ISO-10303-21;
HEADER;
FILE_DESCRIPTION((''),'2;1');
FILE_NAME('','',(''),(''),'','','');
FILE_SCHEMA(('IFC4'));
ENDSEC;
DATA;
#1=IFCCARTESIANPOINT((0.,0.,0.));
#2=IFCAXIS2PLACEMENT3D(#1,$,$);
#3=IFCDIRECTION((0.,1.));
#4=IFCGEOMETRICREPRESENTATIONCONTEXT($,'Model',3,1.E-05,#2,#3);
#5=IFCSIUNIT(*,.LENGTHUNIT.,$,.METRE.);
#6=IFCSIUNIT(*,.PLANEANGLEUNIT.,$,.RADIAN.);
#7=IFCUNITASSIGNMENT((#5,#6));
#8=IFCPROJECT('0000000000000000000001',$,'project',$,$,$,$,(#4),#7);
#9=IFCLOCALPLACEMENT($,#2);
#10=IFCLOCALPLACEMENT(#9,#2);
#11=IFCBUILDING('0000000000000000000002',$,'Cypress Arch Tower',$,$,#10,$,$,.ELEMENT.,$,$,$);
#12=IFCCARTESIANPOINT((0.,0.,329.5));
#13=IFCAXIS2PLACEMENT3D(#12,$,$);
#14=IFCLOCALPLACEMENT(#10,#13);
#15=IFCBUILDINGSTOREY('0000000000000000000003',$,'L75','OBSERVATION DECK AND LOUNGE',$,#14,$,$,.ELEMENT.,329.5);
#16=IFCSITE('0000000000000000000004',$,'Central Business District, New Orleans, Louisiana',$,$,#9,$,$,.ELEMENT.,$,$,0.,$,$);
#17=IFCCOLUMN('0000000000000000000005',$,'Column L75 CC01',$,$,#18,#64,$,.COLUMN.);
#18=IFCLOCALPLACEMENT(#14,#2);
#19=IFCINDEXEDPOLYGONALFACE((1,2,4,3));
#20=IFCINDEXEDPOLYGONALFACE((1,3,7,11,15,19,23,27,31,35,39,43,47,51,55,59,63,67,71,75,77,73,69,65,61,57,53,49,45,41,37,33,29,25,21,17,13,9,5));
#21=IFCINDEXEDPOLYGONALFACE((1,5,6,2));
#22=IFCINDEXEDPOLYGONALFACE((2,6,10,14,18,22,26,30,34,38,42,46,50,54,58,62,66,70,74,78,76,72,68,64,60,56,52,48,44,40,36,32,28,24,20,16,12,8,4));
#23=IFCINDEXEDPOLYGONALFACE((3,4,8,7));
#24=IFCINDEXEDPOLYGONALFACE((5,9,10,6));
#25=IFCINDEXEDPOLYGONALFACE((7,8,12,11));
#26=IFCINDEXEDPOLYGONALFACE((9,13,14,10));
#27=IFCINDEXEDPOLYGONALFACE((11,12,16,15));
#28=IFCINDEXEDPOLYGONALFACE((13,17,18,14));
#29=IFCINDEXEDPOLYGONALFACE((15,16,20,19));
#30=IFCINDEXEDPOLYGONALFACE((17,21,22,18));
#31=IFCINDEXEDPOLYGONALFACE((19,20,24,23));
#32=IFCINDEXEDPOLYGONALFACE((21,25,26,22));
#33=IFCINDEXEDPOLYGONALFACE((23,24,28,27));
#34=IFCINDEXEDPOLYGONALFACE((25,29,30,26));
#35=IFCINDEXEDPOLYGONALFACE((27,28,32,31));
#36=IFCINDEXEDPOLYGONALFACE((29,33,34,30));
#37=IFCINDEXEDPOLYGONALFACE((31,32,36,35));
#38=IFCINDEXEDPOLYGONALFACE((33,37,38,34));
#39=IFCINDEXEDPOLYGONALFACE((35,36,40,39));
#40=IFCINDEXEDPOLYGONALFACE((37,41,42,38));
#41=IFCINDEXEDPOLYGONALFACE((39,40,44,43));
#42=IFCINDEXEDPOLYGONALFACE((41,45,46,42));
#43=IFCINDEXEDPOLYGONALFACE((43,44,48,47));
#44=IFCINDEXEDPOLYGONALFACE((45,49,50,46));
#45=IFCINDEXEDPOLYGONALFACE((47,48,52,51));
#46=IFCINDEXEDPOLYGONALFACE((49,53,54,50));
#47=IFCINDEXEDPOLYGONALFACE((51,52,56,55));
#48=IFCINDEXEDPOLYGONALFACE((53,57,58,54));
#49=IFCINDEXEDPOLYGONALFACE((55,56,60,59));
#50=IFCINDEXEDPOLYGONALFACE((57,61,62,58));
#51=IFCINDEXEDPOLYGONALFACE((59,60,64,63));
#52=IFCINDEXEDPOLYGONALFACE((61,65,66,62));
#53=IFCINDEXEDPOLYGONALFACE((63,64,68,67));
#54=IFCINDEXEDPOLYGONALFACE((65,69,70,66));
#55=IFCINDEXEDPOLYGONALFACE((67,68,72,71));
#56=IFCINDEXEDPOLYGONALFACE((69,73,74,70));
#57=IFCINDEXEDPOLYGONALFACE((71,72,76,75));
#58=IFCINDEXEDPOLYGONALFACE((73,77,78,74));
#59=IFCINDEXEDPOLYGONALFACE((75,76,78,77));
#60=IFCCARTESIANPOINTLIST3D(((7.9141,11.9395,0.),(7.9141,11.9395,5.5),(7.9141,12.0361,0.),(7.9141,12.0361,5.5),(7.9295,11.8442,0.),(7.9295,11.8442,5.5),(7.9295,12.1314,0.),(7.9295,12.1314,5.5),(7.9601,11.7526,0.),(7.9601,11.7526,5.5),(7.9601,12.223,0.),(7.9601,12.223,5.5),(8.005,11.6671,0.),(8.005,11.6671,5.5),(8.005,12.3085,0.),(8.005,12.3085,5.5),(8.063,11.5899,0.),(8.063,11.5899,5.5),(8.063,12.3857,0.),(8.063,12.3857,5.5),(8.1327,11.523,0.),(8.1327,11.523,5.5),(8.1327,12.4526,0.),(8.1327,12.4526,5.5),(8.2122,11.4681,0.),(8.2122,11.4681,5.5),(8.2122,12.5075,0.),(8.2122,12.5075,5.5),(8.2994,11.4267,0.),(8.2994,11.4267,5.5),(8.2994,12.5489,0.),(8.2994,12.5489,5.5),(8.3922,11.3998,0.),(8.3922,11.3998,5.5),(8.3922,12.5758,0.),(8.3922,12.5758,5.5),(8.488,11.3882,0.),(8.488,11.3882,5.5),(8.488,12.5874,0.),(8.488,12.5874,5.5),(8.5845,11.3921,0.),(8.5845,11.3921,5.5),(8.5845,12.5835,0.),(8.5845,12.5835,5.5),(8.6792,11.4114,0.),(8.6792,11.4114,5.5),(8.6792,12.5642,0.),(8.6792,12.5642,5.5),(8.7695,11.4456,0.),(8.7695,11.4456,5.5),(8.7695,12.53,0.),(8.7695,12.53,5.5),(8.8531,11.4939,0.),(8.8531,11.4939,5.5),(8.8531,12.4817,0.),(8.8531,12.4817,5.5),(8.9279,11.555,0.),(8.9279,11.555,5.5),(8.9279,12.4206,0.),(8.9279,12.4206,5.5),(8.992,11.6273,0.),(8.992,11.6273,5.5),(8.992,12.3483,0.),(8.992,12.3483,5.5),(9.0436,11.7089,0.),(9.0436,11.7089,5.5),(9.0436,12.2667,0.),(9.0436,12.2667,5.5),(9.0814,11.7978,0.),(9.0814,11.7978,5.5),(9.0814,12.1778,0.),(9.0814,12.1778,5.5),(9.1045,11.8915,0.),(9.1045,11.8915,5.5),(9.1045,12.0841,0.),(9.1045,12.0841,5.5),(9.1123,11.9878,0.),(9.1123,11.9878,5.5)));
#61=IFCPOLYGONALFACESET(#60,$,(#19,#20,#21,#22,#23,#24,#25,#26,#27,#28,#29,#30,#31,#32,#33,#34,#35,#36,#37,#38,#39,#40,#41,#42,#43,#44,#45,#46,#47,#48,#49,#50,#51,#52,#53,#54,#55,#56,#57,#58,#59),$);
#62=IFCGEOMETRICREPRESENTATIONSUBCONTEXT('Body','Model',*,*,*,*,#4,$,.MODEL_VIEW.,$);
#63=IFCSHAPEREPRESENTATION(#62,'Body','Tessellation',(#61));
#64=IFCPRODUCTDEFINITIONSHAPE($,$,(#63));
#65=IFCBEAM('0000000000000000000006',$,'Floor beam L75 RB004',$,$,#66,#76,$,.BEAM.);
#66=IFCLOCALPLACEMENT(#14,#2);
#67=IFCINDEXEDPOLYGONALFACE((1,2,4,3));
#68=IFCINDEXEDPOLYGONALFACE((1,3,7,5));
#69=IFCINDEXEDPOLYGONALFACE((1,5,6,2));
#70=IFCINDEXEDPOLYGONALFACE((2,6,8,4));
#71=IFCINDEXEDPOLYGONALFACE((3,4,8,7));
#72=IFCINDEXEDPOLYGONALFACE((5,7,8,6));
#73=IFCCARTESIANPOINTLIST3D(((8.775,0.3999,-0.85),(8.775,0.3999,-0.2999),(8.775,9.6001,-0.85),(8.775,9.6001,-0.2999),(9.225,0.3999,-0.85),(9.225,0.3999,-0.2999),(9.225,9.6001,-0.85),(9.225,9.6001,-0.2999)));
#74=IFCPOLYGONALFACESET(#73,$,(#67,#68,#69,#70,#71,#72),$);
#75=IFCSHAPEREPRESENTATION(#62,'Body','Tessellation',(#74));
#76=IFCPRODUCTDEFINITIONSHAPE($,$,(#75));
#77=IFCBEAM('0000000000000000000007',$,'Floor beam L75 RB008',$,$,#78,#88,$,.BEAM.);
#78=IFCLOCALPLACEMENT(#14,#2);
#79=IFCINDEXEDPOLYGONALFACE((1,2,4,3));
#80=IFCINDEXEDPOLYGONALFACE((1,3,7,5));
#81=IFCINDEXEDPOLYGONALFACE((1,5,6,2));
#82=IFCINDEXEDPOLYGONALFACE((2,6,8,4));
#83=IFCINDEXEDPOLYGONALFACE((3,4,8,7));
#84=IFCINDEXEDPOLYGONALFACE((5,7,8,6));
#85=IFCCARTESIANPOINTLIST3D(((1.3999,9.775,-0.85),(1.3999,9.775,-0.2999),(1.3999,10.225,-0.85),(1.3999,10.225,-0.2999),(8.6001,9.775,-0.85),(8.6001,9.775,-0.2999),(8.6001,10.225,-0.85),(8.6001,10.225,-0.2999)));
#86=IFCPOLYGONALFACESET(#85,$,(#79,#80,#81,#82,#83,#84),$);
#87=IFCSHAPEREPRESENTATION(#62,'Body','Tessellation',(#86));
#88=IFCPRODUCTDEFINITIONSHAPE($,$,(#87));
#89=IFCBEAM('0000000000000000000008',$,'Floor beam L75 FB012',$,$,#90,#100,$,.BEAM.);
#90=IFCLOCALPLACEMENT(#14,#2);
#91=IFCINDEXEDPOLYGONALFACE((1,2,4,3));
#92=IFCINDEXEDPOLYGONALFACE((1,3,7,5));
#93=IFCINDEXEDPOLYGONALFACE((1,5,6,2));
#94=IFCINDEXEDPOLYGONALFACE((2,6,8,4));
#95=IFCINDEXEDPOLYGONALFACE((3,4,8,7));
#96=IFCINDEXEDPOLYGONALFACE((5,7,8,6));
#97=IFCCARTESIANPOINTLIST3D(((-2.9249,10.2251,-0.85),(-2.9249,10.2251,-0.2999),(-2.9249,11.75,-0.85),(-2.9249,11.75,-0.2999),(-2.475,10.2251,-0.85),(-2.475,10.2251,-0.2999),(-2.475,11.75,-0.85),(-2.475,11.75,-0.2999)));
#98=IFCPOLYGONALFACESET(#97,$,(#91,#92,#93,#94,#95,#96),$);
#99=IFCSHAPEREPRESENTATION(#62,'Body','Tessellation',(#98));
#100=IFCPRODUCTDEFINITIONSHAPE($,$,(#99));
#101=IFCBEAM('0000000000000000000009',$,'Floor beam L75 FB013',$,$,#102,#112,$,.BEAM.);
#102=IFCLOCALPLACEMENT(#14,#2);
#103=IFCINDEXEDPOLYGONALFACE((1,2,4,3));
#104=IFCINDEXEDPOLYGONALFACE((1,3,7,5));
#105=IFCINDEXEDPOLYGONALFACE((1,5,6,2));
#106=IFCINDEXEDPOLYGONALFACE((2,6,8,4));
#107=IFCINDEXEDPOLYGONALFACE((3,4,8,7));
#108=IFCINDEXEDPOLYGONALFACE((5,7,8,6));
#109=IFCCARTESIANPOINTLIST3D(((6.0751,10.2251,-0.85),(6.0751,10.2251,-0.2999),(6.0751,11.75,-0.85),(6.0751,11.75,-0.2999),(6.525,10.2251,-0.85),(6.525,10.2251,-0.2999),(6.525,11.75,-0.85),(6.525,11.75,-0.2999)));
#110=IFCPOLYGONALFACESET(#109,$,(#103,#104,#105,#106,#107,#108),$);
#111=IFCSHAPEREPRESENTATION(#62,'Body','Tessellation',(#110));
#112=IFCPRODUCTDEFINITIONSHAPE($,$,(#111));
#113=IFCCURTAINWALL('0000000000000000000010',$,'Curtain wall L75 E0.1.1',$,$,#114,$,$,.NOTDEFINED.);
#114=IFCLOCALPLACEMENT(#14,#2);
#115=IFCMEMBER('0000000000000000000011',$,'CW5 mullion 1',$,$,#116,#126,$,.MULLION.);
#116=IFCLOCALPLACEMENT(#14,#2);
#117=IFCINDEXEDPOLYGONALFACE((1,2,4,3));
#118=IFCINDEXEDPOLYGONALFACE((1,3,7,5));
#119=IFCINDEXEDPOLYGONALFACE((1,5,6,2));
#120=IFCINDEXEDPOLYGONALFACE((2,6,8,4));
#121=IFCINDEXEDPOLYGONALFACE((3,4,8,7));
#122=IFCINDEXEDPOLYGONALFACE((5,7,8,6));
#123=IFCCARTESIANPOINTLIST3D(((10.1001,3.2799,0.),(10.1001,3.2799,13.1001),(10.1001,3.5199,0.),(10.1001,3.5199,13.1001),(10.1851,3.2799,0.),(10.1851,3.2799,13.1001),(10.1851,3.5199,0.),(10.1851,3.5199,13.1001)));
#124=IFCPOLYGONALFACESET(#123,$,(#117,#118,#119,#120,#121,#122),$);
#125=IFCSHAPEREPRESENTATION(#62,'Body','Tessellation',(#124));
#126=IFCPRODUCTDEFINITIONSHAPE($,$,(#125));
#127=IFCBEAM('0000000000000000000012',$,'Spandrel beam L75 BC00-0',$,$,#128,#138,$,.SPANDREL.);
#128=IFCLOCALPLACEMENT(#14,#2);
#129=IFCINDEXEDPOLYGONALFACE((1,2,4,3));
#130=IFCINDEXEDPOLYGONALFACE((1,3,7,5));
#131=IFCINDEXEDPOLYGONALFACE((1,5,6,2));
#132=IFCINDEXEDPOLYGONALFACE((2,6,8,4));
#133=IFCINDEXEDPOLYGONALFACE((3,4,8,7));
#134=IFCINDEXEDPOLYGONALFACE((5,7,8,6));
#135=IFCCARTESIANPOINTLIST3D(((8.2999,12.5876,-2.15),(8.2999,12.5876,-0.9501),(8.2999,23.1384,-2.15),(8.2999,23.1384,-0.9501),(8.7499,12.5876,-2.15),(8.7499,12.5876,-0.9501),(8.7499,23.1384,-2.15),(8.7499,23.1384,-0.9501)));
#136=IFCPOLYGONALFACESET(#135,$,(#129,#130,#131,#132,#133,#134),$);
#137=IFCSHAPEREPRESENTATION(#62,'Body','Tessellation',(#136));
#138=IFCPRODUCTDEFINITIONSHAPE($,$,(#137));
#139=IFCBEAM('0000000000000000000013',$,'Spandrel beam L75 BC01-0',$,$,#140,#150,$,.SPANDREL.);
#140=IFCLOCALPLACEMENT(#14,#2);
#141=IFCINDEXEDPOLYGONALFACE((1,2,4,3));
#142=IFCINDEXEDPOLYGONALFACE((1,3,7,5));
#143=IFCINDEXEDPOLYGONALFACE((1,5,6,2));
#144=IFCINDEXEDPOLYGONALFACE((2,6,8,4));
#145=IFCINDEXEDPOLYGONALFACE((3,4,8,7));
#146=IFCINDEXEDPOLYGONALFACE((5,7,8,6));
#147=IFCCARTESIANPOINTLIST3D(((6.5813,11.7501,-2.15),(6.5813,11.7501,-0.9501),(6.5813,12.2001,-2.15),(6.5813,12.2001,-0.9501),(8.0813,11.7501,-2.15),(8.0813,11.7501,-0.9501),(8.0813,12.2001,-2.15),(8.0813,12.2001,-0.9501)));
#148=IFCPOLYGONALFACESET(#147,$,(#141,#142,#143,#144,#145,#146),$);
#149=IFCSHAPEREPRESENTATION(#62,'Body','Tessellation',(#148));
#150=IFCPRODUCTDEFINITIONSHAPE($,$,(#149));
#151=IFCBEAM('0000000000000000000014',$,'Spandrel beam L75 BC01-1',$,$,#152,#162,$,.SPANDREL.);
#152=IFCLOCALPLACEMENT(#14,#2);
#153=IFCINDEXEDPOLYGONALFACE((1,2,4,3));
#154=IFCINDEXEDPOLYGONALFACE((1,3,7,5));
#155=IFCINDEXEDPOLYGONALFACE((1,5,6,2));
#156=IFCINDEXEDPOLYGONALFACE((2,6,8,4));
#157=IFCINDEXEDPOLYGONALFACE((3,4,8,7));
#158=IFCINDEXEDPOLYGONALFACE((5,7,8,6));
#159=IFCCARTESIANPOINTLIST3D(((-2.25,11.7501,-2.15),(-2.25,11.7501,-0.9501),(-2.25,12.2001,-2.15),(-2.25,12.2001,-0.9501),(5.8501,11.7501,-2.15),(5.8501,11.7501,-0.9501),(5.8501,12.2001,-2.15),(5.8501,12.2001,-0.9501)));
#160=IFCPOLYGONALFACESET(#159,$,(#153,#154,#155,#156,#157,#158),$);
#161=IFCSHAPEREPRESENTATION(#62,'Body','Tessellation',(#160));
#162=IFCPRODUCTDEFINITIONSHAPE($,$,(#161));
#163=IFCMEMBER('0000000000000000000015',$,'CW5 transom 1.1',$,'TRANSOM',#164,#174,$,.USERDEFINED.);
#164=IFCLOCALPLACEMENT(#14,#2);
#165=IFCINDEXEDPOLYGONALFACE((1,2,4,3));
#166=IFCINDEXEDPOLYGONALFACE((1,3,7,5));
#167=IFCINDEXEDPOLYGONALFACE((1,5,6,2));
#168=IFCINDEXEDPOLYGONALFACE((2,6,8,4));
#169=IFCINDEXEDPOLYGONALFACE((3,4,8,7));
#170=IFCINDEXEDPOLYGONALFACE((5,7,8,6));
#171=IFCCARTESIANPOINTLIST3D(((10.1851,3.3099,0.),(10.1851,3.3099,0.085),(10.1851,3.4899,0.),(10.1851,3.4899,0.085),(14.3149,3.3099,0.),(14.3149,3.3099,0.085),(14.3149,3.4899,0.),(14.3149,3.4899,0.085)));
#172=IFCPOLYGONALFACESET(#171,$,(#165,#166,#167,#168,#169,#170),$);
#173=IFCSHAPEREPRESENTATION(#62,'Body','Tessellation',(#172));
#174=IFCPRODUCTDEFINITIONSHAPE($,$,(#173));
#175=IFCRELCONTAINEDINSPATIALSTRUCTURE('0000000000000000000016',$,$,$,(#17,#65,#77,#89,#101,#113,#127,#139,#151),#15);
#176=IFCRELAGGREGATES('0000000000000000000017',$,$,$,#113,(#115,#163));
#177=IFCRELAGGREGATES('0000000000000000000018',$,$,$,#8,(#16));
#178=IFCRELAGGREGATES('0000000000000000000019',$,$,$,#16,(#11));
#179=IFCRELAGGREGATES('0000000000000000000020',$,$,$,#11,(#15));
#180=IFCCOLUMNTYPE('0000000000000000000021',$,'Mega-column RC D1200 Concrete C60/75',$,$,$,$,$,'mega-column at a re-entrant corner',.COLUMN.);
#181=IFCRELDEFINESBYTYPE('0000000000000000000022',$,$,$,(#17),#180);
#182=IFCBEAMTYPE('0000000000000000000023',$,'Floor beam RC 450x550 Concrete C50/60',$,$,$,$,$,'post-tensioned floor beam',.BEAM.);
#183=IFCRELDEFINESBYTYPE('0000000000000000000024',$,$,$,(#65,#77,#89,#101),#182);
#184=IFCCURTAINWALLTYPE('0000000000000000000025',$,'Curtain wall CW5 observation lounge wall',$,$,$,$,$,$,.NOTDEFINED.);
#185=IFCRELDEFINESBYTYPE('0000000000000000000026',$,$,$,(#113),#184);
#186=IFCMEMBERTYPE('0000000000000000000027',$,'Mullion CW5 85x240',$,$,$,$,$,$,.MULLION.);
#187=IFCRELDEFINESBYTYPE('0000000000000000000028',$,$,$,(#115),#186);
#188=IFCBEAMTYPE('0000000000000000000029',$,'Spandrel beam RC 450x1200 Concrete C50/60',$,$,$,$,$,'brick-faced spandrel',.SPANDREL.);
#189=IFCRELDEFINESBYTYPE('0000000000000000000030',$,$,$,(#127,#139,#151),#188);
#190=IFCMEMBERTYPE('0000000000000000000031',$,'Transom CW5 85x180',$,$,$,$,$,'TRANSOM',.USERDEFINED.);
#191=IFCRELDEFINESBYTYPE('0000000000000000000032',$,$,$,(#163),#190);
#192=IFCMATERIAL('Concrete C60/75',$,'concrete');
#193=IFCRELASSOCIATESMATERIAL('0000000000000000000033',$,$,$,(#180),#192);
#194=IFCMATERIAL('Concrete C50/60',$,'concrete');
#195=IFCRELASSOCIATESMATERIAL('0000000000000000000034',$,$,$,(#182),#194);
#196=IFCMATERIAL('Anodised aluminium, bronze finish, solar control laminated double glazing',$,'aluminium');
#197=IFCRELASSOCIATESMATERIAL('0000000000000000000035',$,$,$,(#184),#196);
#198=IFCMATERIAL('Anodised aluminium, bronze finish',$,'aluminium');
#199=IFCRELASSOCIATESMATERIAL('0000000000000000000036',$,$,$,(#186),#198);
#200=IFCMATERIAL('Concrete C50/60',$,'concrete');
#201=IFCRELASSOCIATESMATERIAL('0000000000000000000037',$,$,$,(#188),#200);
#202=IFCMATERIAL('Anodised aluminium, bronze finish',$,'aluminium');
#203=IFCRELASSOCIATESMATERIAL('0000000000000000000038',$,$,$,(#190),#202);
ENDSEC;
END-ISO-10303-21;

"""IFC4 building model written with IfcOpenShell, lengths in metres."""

from ifc_helpers import new_model, si_unit, direction, frame, origin, origin_2d, place, context, subcontext, project, spatial, rectangle, circle, extrude, material, material_profile, profile_set, type_object, element, aggregate, save


model = new_model("IFC4")

# Units and contexts
model_context = context("Model", 3, precision=1e-05, world=origin(), true_north=direction((0.0, 1.0)))
body_context = subcontext(model_context, "Body", "Model", "MODEL_VIEW")
ifc_project = project(units=[si_unit("LENGTHUNIT", "METRE"), si_unit("PLANEANGLEUNIT", "RADIAN")], contexts=[model_context])

# Site, building, storey
site_placement = place(None, origin())
site = spatial("IfcSite", under=ifc_project, at=site_placement, Name="Central Business District, New Orleans, Louisiana", CompositionType="ELEMENT", RefElevation=0.0)
building_placement = place(site_placement, origin())
building = spatial("IfcBuilding", under=site, at=building_placement, Name="Cypress Arch Tower", CompositionType="ELEMENT")
storey_placement = place(building_placement, frame((0.0, 0.0, 329.5)))
storey = spatial("IfcBuildingStorey", under=building, at=storey_placement, Name="L75", Description="OBSERVATION DECK AND LOUNGE", CompositionType="ELEMENT", Elevation=329.5)

# Column
ifc_material_1 = material(Name="Concrete C60/75", Category="concrete")
ifc_material_profile_1 = material_profile(ifc_material_1, circle(Radius=0.6001, at=origin_2d()), Name="RC D1200")
ifc_profile_set_1 = profile_set([ifc_material_profile_1], Name="Concrete C60/75")
column_type_1 = type_object("IfcColumnType", Name="Mega-column RC D1200 Concrete C60/75", ElementType="mega-column at a re-entrant corner", PredefinedType="COLUMN", material=ifc_profile_set_1)
column_placement = place(storey_placement, frame((8.5122, 11.9878, 0.0), z_axis=(0.0, 0.0, 1.0), x_axis=(1.0, 0.0, 0.0)))
element("IfcColumn", 1, at=column_placement, inside=storey, type_object=column_type_1, Name="Column L75 CC01", PredefinedType="COLUMN", context=body_context, shape_type="SweptSolid", body=[
    extrude(circle(Radius=0.6001, at=origin_2d()), origin(), (0.0, 0.0, 1.0), 5.5),
])

# Beams
ifc_material_2 = material(Name="Concrete C50/60", Category="concrete")
ifc_material_profile_2 = material_profile(ifc_material_2, rectangle(XDim=0.45, YDim=0.55, at=origin_2d()), Name="RC 450x550")
ifc_profile_set_2 = profile_set([ifc_material_profile_2], Name="Concrete C50/60")
beam_type_1 = type_object("IfcBeamType", Name="Floor beam RC 450x550 Concrete C50/60", ElementType="post-tensioned floor beam", PredefinedType="BEAM", material=ifc_profile_set_2)
beam_1_placement = place(storey_placement, frame((9.0, 0.3999, -0.575), z_axis=(0.0, 1.0, 0.0), x_axis=(-1.0, 0.0, 0.0)))
element("IfcBeam", 2, at=beam_1_placement, inside=storey, type_object=beam_type_1, Name="Floor beam L75 RB004", PredefinedType="BEAM", context=body_context, shape_type="SweptSolid", body=[
    extrude(rectangle(XDim=0.45, YDim=0.55, at=origin_2d()), origin(), (0.0, 0.0, 1.0), 9.2002),
])
beam_2_placement = place(storey_placement, frame((1.3999, 10.0, -0.575), z_axis=(1.0, 0.0, 0.0), x_axis=(0.0, 1.0, 0.0)))
element("IfcBeam", 3, at=beam_2_placement, inside=storey, type_object=beam_type_1, Name="Floor beam L75 RB008", PredefinedType="BEAM", context=body_context, shape_type="SweptSolid", body=[
    extrude(rectangle(XDim=0.45, YDim=0.55, at=origin_2d()), origin(), (0.0, 0.0, 1.0), 7.2002),
])
for number, where, z_axis, x_axis, name in (
    (4, (-2.7, 10.2251, -0.575), (0.0, 1.0, 0.0), (-1.0, 0.0, 0.0), "Floor beam L75 FB012"),
    (5, (6.3, 10.2251, -0.575), (0.0, 1.0, 0.0), (-1.0, 0.0, 0.0), "Floor beam L75 FB013"),
):
    element("IfcBeam", number, at=place(storey_placement, frame(where, z_axis=z_axis, x_axis=x_axis)), inside=storey, type_object=beam_type_1, Name=name, PredefinedType="BEAM", context=body_context, shape_type="SweptSolid", body=[
        extrude(rectangle(XDim=0.45, YDim=0.55, at=origin_2d()), origin(), (0.0, 0.0, 1.0), 1.5249),
    ])

# Curtain wall, member
ifc_material_3 = material(Name="Anodised aluminium, bronze finish, solar control laminated double glazing", Category="aluminium")
curtain_wall_type = type_object("IfcCurtainWallType", Name="Curtain wall CW5 observation lounge wall", PredefinedType="NOTDEFINED", material=ifc_material_3)
curtain_wall_placement = place(storey_placement, origin())
curtain_wall = element("IfcCurtainWall", 6, at=curtain_wall_placement, inside=storey, type_object=curtain_wall_type, Name="Curtain wall L75 E0.1.1", PredefinedType="NOTDEFINED")
ifc_material_4 = material(Name="Anodised aluminium, bronze finish", Category="aluminium")
ifc_material_profile_3 = material_profile(ifc_material_4, rectangle(XDim=0.24, YDim=0.085, at=origin_2d()), Name="Mullion 85x240")
ifc_profile_set_3 = profile_set([ifc_material_profile_3], Name="Anodised aluminium, bronze finish")
member_type_1 = type_object("IfcMemberType", Name="Mullion CW5 85x240", PredefinedType="MULLION", material=ifc_profile_set_3)
member_1_placement = place(storey_placement, frame((10.1426, 3.3999, 0.0), z_axis=(0.0, 0.0, 1.0), x_axis=(0.0, 1.0, 0.0)))
member_1 = element("IfcMember", 7, at=member_1_placement, type_object=member_type_1, Name="CW5 mullion 1", PredefinedType="MULLION", context=body_context, shape_type="SweptSolid", body=[
    extrude(rectangle(XDim=0.24, YDim=0.085, at=origin_2d()), origin(), (0.0, 0.0, 1.0), 13.1001),
])

# Beams
ifc_material_5 = material(Name="Concrete C50/60", Category="concrete")
ifc_material_profile_4 = material_profile(ifc_material_5, rectangle(XDim=0.45, YDim=1.2, at=origin_2d()), Name="RC 450x1200")
ifc_profile_set_4 = profile_set([ifc_material_profile_4], Name="Concrete C50/60")
beam_type_2 = type_object("IfcBeamType", Name="Spandrel beam RC 450x1200 Concrete C50/60", ElementType="brick-faced spandrel", PredefinedType="SPANDREL", material=ifc_profile_set_4)
beam_3_placement = place(storey_placement, frame((8.5249, 23.1384, -1.55), z_axis=(0.0, -1.0, 0.0), x_axis=(1.0, 0.0, 0.0)))
element("IfcBeam", 8, at=beam_3_placement, inside=storey, type_object=beam_type_2, Name="Spandrel beam L75 BC00-0", PredefinedType="SPANDREL", context=body_context, shape_type="SweptSolid", body=[
    extrude(rectangle(XDim=0.45, YDim=1.2, at=origin_2d()), origin(), (0.0, 0.0, 1.0), 10.5508),
])
beam_4_placement = place(storey_placement, frame((8.0813, 11.9751, -1.55), z_axis=(-1.0, 0.0, 0.0), x_axis=(0.0, -1.0, 0.0)))
element("IfcBeam", 9, at=beam_4_placement, inside=storey, type_object=beam_type_2, Name="Spandrel beam L75 BC01-0", PredefinedType="SPANDREL", context=body_context, shape_type="SweptSolid", body=[
    extrude(rectangle(XDim=0.45, YDim=1.2, at=origin_2d()), origin(), (0.0, 0.0, 1.0), 1.5),
])
beam_5_placement = place(storey_placement, frame((5.8501, 11.9751, -1.55), z_axis=(-1.0, 0.0, 0.0), x_axis=(0.0, -1.0, 0.0)))
element("IfcBeam", 10, at=beam_5_placement, inside=storey, type_object=beam_type_2, Name="Spandrel beam L75 BC01-1", PredefinedType="SPANDREL", context=body_context, shape_type="SweptSolid", body=[
    extrude(rectangle(XDim=0.45, YDim=1.2, at=origin_2d()), origin(), (0.0, 0.0, 1.0), 8.1001),
])

# Member
ifc_material_6 = material(Name="Anodised aluminium, bronze finish", Category="aluminium")
ifc_material_profile_5 = material_profile(ifc_material_6, rectangle(XDim=0.1799, YDim=0.085, at=origin_2d()), Name="Transom 85x180")
ifc_profile_set_5 = profile_set([ifc_material_profile_5], Name="Anodised aluminium, bronze finish")
member_type_2 = type_object("IfcMemberType", Name="Transom CW5 85x180", ElementType="TRANSOM", PredefinedType="USERDEFINED", material=ifc_profile_set_5)
member_2_placement = place(storey_placement, frame((10.1851, 3.3999, 0.0425), z_axis=(1.0, 0.0, 0.0), x_axis=(0.0, 1.0, 0.0)))
member_2 = element("IfcMember", 11, at=member_2_placement, type_object=member_type_2, Name="CW5 transom 1.1", ObjectType="TRANSOM", PredefinedType="USERDEFINED", context=body_context, shape_type="SweptSolid", body=[
    extrude(rectangle(XDim=0.1799, YDim=0.085, at=origin_2d()), origin(), (0.0, 0.0, 1.0), 4.1299),
])
aggregate(curtain_wall, [member_1, member_2])

save(model, "model.ifc")
